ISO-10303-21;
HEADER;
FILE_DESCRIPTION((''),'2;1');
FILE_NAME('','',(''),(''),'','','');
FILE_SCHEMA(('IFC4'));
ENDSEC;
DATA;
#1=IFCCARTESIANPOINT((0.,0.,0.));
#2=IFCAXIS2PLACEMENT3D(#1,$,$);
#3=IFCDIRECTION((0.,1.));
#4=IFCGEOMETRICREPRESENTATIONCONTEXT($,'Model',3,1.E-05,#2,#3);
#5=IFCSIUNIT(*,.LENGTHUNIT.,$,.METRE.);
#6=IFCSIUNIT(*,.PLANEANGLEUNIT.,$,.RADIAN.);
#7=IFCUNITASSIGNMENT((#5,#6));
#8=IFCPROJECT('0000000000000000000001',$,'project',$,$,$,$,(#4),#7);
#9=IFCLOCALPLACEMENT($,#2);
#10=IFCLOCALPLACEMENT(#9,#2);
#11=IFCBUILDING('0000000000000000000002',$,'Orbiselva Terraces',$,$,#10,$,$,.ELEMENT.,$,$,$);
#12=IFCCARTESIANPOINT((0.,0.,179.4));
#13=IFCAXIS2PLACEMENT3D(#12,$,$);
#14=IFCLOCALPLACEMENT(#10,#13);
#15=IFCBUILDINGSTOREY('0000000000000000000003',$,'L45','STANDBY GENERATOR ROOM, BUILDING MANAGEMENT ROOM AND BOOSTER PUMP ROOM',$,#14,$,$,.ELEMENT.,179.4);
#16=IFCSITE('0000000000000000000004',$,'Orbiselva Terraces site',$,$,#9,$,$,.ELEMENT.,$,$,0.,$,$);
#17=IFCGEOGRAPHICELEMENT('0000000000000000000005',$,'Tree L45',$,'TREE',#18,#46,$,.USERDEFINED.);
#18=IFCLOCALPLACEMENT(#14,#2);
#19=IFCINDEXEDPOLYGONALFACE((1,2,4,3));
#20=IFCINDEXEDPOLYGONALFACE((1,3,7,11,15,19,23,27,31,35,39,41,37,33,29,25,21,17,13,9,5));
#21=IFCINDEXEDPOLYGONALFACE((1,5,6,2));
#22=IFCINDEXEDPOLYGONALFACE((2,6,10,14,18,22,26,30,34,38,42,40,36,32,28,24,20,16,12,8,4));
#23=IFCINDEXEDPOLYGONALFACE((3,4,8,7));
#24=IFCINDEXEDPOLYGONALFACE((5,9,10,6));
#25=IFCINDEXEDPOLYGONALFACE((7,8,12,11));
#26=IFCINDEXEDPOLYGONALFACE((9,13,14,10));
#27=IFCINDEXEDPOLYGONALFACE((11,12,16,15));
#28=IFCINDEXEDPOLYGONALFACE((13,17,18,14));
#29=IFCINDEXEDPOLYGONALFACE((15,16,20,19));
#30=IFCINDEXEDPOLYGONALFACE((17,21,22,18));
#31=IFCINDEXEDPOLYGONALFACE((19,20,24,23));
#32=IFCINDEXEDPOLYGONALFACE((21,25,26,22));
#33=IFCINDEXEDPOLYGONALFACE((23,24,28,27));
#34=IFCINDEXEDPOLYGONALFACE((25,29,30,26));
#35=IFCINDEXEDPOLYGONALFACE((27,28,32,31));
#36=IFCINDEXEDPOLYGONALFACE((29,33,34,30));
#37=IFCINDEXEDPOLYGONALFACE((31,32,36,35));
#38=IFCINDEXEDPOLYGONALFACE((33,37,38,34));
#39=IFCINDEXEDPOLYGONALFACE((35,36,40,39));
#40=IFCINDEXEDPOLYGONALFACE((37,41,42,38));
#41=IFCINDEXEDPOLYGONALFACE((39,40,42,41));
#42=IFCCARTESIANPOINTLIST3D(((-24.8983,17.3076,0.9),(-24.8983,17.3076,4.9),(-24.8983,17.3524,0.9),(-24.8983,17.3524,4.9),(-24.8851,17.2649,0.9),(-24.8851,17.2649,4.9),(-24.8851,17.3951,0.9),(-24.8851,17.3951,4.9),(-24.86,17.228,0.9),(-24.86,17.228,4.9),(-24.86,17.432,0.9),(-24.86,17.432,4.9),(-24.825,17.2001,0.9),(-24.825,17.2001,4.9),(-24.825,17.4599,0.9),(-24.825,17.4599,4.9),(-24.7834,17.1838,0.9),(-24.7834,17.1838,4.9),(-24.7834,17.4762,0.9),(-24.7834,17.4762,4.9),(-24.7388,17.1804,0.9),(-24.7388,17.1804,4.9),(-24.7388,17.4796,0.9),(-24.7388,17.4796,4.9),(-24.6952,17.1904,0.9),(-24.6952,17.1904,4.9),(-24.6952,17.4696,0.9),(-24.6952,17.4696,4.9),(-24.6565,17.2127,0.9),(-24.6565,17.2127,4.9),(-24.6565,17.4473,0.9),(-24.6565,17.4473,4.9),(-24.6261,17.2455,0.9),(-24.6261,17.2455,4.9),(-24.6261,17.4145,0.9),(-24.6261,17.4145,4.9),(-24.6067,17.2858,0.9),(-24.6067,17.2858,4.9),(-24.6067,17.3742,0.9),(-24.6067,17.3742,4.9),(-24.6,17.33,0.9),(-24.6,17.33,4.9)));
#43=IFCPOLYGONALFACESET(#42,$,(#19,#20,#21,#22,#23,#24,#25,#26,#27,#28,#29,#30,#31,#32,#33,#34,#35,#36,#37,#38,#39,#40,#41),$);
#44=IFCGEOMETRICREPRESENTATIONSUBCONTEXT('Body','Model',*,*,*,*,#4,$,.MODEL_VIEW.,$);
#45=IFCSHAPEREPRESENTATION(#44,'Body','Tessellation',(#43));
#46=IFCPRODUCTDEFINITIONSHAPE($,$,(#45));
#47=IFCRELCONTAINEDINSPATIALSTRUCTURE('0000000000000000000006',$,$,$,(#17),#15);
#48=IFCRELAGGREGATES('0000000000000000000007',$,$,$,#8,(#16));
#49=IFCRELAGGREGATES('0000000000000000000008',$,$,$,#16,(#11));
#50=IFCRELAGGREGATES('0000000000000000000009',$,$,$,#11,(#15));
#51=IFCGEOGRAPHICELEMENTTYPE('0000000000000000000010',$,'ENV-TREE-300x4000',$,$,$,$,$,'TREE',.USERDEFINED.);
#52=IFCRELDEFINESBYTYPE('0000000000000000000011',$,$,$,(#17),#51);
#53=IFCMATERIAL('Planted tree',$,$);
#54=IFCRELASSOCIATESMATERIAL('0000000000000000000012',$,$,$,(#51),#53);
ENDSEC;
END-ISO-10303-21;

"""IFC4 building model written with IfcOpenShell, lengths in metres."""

from ifc_helpers import new_model, si_unit, direction, frame, origin, origin_2d, place, context, subcontext, project, spatial, circle, extrude, material, type_object, element, save


model = new_model("IFC4")

# Units and contexts
model_context = context("Model", 3, precision=1e-05, world=origin(), true_north=direction((0.0, 1.0)))
body_context = subcontext(model_context, "Body", "Model", "MODEL_VIEW")
ifc_project = project(units=[si_unit("LENGTHUNIT", "METRE"), si_unit("PLANEANGLEUNIT", "RADIAN")], contexts=[model_context])

# Site, building, storey
site_placement = place(None, origin())
site = spatial("IfcSite", under=ifc_project, at=site_placement, Name="Orbiselva Terraces site", CompositionType="ELEMENT", RefElevation=0.0)
building_placement = place(site_placement, origin())
building = spatial("IfcBuilding", under=site, at=building_placement, Name="Orbiselva Terraces", CompositionType="ELEMENT")
storey_placement = place(building_placement, frame((0.0, 0.0, 179.4)))
storey = spatial("IfcBuildingStorey", under=building, at=storey_placement, Name="L45", Description="STANDBY GENERATOR ROOM, BUILDING MANAGEMENT ROOM AND BOOSTER PUMP ROOM", CompositionType="ELEMENT", Elevation=179.4)

# Geographic element
ifc_material_1 = material(Name="Planted tree")
geographic_element_type = type_object("IfcGeographicElementType", Name="ENV-TREE-300x4000", ElementType="TREE", PredefinedType="USERDEFINED", material=ifc_material_1)
geographic_element_placement = place(storey_placement, frame((-24.75, 17.33, 4.9), z_axis=(0.0, 0.0, -1.0), x_axis=(1.0, 0.0, 0.0)))
element("IfcGeographicElement", 1, at=geographic_element_placement, inside=storey, type_object=geographic_element_type, Name="Tree L45", ObjectType="TREE", PredefinedType="USERDEFINED", context=body_context, shape_type="SweptSolid", body=[
    extrude(circle(Radius=0.15, at=origin_2d()), origin(), (0.0, 0.0, 1.0), 4.0),
])

save(model, "model.ifc")
